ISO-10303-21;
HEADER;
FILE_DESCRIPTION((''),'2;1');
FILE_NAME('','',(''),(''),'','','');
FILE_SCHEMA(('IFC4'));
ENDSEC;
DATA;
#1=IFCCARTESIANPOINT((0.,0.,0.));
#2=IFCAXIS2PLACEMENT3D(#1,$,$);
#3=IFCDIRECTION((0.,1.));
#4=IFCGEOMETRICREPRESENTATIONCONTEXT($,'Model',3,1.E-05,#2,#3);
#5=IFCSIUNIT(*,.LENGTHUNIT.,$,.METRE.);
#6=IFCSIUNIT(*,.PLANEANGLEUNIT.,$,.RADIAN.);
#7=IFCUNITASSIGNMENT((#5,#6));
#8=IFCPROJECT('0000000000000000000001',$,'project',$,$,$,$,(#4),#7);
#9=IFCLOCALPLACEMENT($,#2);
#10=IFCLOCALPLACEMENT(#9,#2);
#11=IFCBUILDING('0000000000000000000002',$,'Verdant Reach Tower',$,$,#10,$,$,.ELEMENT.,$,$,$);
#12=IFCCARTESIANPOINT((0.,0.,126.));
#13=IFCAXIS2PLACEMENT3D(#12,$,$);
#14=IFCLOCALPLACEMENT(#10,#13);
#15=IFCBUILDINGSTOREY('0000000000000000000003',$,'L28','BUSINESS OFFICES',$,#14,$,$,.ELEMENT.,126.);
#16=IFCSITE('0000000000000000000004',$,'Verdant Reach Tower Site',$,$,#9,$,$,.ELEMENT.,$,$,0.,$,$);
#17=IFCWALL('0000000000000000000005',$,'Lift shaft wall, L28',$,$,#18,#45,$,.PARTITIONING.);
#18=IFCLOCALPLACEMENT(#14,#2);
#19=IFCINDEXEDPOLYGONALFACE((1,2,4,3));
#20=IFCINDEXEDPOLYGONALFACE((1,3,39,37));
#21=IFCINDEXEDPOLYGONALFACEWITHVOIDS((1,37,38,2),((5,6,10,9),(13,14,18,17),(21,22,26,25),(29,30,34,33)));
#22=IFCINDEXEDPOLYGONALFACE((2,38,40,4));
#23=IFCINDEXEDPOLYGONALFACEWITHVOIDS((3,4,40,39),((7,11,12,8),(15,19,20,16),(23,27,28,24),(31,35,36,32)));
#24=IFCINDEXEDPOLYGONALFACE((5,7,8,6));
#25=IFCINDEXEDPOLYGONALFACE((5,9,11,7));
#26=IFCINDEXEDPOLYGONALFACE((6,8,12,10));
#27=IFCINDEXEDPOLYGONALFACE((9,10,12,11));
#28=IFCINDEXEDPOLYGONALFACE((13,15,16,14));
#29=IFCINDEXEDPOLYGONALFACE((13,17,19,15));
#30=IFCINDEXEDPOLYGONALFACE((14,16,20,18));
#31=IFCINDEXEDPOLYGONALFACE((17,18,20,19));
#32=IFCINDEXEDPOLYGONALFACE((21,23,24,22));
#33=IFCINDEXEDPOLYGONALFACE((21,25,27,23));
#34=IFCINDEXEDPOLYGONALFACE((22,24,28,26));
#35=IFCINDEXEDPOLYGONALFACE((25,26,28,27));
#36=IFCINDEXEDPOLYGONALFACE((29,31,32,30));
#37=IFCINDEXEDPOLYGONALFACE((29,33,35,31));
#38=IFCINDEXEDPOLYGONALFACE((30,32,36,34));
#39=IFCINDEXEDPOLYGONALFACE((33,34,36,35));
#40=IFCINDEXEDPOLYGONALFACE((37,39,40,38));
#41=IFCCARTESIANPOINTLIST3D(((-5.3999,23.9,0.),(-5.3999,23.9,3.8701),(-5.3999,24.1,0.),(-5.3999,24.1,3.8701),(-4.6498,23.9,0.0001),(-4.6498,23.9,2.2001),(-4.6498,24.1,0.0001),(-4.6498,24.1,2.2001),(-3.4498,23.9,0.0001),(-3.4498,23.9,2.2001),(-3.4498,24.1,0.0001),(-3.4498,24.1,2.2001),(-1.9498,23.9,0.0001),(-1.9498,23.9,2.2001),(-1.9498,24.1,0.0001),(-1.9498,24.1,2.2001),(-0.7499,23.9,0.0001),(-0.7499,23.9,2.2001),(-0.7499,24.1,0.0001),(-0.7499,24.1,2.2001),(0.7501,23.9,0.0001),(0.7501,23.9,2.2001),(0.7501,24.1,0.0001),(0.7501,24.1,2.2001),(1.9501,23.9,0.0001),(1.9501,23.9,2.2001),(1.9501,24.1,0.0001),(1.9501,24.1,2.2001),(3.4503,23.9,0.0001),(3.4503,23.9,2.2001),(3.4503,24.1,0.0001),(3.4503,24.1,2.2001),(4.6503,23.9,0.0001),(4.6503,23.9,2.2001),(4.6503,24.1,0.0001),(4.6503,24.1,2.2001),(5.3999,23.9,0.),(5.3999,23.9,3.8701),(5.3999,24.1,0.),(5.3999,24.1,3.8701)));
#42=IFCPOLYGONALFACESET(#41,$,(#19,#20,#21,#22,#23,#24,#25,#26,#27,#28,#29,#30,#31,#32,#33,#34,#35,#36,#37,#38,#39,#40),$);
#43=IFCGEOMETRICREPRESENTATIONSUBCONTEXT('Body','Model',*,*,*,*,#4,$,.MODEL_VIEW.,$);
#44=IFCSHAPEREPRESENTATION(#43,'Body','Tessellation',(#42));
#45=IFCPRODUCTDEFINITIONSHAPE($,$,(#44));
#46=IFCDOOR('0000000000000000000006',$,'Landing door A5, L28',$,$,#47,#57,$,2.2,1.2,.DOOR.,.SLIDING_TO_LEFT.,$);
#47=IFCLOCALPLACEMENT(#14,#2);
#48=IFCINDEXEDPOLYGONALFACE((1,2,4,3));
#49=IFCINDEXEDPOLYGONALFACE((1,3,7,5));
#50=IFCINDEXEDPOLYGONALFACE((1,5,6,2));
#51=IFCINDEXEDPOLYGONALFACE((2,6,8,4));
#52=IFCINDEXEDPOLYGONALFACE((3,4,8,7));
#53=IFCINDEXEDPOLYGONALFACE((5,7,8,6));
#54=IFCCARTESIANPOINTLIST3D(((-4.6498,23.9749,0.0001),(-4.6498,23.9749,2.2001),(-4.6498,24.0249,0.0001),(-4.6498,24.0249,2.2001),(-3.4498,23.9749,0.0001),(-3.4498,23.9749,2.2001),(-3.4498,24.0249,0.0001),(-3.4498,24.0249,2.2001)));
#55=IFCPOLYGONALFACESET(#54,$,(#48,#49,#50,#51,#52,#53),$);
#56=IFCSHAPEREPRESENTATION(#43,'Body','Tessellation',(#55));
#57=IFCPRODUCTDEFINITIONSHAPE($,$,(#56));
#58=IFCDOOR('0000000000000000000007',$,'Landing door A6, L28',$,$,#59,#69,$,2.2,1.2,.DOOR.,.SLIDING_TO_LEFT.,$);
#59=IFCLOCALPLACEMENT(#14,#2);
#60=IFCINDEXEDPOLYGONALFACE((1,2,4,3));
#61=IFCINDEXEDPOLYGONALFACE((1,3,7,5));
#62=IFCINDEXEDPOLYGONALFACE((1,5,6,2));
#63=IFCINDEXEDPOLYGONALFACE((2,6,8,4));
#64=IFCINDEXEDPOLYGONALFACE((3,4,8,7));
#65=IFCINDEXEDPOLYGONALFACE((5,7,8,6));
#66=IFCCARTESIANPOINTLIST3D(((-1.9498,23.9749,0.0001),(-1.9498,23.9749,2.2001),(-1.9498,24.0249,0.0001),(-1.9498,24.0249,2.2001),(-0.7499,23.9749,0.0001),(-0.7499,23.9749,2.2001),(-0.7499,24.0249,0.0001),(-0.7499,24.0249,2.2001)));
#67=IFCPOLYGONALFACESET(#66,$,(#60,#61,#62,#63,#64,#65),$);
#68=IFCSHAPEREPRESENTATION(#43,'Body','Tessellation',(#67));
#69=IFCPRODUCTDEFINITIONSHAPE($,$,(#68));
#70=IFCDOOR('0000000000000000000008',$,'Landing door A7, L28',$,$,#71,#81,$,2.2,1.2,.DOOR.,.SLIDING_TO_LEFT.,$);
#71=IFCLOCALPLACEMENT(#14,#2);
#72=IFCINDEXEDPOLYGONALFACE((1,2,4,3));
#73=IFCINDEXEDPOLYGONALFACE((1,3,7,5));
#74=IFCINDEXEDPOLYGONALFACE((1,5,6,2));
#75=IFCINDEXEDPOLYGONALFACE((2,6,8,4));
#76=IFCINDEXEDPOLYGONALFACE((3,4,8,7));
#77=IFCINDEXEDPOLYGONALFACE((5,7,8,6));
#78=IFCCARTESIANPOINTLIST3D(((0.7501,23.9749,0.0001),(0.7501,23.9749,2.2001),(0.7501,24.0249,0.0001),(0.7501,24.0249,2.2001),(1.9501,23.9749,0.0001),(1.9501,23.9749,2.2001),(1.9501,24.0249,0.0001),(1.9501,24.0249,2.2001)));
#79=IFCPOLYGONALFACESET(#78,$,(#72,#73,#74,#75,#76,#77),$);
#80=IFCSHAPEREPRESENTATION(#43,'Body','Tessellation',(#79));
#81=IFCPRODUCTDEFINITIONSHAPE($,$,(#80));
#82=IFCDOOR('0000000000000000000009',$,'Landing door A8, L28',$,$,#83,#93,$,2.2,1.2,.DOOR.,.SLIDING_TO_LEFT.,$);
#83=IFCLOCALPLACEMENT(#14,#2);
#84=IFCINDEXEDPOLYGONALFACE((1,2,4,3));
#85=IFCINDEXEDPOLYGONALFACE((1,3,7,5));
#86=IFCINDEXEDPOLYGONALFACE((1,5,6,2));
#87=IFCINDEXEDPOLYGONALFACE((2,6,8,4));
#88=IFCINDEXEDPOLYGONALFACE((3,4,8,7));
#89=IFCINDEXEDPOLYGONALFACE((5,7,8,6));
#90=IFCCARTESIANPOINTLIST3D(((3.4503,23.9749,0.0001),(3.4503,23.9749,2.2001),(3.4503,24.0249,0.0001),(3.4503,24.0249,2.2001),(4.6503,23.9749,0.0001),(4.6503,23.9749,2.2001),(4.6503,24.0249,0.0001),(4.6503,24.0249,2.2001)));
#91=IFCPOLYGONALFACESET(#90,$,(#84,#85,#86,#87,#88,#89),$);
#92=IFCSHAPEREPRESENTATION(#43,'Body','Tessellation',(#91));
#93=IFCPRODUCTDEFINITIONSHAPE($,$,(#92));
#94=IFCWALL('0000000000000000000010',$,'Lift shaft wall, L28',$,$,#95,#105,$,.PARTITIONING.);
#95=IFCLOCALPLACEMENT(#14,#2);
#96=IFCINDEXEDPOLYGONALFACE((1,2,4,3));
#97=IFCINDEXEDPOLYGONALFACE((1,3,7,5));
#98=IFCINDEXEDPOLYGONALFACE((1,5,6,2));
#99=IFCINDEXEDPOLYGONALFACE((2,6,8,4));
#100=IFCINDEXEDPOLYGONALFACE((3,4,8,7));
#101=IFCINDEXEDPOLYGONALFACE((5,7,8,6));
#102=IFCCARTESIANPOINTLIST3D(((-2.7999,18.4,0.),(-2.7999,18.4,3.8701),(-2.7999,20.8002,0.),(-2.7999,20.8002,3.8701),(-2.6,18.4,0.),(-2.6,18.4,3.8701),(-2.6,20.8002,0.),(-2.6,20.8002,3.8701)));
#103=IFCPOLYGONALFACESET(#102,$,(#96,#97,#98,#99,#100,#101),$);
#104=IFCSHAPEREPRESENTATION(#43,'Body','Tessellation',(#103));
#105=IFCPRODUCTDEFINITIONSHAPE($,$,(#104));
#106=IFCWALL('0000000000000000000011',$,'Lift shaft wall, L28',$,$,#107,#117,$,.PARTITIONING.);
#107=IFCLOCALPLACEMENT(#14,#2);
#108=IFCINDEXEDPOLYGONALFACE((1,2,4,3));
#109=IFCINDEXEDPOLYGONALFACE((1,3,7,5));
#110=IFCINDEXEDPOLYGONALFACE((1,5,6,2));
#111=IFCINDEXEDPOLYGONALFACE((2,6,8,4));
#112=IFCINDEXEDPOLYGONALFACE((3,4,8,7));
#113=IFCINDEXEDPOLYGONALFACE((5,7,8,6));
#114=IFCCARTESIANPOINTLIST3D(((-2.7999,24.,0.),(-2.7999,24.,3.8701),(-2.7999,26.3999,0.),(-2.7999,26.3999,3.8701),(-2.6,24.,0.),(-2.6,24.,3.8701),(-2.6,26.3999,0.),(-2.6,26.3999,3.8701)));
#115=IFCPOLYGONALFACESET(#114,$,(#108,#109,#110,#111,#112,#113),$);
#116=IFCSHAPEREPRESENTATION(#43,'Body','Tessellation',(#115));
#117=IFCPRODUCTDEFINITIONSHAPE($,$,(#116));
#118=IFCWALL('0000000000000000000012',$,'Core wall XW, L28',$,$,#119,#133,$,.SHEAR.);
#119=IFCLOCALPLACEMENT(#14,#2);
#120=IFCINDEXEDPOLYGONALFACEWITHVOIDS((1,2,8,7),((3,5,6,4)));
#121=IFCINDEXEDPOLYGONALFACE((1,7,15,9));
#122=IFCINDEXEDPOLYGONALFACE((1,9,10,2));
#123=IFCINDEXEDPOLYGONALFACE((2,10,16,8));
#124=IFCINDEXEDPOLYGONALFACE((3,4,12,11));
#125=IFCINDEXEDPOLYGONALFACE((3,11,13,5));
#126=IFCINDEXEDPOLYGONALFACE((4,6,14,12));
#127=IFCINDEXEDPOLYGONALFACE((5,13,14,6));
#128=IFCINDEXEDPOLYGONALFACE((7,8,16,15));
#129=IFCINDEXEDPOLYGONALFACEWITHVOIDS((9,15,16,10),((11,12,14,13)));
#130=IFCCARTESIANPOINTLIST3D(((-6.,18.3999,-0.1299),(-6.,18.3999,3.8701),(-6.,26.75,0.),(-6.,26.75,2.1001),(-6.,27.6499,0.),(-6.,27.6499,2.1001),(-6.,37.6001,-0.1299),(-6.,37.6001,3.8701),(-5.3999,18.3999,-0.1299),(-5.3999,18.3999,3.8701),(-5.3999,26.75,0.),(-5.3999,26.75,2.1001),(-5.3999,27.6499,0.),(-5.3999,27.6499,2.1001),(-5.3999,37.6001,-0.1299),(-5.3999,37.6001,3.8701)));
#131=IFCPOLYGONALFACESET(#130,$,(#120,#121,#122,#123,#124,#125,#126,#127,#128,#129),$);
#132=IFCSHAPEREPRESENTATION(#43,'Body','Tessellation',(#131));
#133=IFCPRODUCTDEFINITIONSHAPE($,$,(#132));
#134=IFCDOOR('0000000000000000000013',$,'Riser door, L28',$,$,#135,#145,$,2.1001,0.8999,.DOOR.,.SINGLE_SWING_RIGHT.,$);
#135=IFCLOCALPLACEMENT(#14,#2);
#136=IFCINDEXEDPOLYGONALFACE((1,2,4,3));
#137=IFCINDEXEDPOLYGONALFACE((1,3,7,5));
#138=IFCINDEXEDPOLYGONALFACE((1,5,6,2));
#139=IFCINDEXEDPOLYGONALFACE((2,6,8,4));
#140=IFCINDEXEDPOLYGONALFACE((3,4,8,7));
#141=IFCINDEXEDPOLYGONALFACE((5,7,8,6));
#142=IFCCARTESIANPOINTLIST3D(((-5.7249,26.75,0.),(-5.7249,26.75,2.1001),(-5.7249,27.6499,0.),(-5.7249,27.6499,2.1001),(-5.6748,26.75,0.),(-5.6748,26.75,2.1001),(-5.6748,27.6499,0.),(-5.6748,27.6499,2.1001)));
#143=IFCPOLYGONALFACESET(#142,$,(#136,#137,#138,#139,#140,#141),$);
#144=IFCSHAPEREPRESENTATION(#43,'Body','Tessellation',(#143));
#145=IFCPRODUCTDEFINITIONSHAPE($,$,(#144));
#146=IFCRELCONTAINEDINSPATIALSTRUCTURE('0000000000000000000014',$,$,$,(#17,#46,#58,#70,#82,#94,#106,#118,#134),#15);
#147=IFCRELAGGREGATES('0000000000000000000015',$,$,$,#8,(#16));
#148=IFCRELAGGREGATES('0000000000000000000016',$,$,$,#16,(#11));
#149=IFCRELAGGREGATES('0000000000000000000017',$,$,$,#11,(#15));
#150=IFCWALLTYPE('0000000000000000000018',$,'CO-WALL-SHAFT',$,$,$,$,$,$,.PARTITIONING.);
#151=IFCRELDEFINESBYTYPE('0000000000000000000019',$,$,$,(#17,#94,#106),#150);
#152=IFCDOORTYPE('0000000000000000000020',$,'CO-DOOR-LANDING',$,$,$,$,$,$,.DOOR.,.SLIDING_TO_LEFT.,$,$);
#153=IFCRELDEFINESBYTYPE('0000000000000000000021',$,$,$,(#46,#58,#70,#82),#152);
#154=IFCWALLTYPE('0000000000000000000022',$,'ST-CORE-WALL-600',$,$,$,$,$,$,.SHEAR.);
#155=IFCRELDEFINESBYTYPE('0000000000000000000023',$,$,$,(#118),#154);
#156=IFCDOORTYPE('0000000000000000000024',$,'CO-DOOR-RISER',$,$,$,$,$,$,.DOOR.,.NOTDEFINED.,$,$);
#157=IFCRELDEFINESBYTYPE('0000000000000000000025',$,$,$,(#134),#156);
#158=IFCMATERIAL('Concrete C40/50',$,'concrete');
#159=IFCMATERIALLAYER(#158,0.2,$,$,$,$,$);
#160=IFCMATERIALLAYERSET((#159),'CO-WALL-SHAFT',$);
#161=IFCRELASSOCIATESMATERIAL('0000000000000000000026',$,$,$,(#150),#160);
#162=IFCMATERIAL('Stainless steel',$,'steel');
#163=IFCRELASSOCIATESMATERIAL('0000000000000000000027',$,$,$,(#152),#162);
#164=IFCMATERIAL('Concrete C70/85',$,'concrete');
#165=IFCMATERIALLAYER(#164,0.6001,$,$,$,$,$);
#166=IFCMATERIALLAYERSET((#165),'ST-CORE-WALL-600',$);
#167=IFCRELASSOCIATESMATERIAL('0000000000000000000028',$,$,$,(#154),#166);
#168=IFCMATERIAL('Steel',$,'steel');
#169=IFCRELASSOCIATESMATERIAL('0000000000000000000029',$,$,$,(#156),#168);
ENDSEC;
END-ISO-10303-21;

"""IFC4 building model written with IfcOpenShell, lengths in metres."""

from ifc_helpers import new_model, si_unit, direction, frame, frame_2d, origin, place, context, subcontext, project, spatial, rectangle, extrude, material, layer, layer_set, type_object, element, fill, save


model = new_model("IFC4")

# Units and contexts
model_context = context("Model", 3, precision=1e-05, world=origin(), true_north=direction((0.0, 1.0)))
body_context = subcontext(model_context, "Body", "Model", "MODEL_VIEW")
ifc_project = project(units=[si_unit("LENGTHUNIT", "METRE"), si_unit("PLANEANGLEUNIT", "RADIAN")], contexts=[model_context])

# Site, building, storey
site_placement = place(None, origin())
site = spatial("IfcSite", under=ifc_project, at=site_placement, Name="Verdant Reach Tower Site", CompositionType="ELEMENT", RefElevation=0.0)
building_placement = place(site_placement, origin())
building = spatial("IfcBuilding", under=site, at=building_placement, Name="Verdant Reach Tower", CompositionType="ELEMENT")
storey_placement = place(building_placement, frame((0.0, 0.0, 126.0)))
storey = spatial("IfcBuildingStorey", under=building, at=storey_placement, Name="L28", Description="BUSINESS OFFICES", CompositionType="ELEMENT", Elevation=126.0)

# Wall, openings, doors
ifc_material_1 = material(Name="Concrete C40/50", Category="concrete")
ifc_layer_1 = layer(ifc_material_1, 0.2)
ifc_layer_set_1 = layer_set([ifc_layer_1], Name="CO-WALL-SHAFT")
wall_type_1 = type_object("IfcWallType", Name="CO-WALL-SHAFT", PredefinedType="PARTITIONING", material=ifc_layer_set_1)
ifc_material_2 = material(Name="Stainless steel", Category="steel")
door_type_1 = type_object("IfcDoorType", Name="CO-DOOR-LANDING", OperationType="SLIDING_TO_LEFT", PredefinedType="DOOR", material=ifc_material_2)
wall_1_placement = place(storey_placement, frame((-5.3999, 24.0, 0.0), z_axis=(0.0, 0.0, 1.0), x_axis=(1.0, 0.0, 0.0)))
wall_1 = element("IfcWall", 1, at=wall_1_placement, inside=storey, type_object=wall_type_1, Name="Lift shaft wall, L28", PredefinedType="PARTITIONING", context=body_context, shape_type="SweptSolid", body=[
    extrude(rectangle(XDim=10.7998, YDim=0.2, at=frame_2d((5.3999, 0.0))), origin(), (0.0, 0.0, 1.0), 3.8701),
])
opening_1_placement = place(wall_1_placement, frame((0.75, 0.0, 0.0)))
opening_1 = element("IfcOpeningElement", 2, at=opening_1_placement, cuts=wall_1, PredefinedType="OPENING", context=body_context, shape_type="SweptSolid", body=[
    extrude(rectangle(XDim=1.2, YDim=2.2, at=frame_2d((0.6001, 1.1001))), frame((0.0, 0.1099, 0.0), z_axis=(0.0, -1.0, 0.0), x_axis=(1.0, 0.0, 0.0)), (0.0, 0.0, 1.0), 0.22),
])
opening_2_placement = place(wall_1_placement, frame((3.45, 0.0, 0.0)))
opening_2 = element("IfcOpeningElement", 3, at=opening_2_placement, cuts=wall_1, PredefinedType="OPENING", context=body_context, shape_type="SweptSolid", body=[
    extrude(rectangle(XDim=1.2, YDim=2.2, at=frame_2d((0.6001, 1.1001))), frame((0.0, 0.1099, 0.0), z_axis=(0.0, -1.0, 0.0), x_axis=(1.0, 0.0, 0.0)), (0.0, 0.0, 1.0), 0.22),
])
opening_3_placement = place(wall_1_placement, frame((6.1499, 0.0, 0.0)))
opening_3 = element("IfcOpeningElement", 4, at=opening_3_placement, cuts=wall_1, PredefinedType="OPENING", context=body_context, shape_type="SweptSolid", body=[
    extrude(rectangle(XDim=1.2, YDim=2.2, at=frame_2d((0.6001, 1.1001))), frame((0.0, 0.1099, 0.0), z_axis=(0.0, -1.0, 0.0), x_axis=(1.0, 0.0, 0.0)), (0.0, 0.0, 1.0), 0.22),
])
opening_4_placement = place(wall_1_placement, frame((8.8501, 0.0, 0.0)))
opening_4 = element("IfcOpeningElement", 5, at=opening_4_placement, cuts=wall_1, PredefinedType="OPENING", context=body_context, shape_type="SweptSolid", body=[
    extrude(rectangle(XDim=1.2, YDim=2.2, at=frame_2d((0.6001, 1.1001))), frame((0.0, 0.1099, 0.0), z_axis=(0.0, -1.0, 0.0), x_axis=(1.0, 0.0, 0.0)), (0.0, 0.0, 1.0), 0.22),
])
door_1_placement = place(opening_1_placement, origin())
door_1 = element("IfcDoor", 6, at=door_1_placement, inside=storey, type_object=door_type_1, Name="Landing door A5, L28", OperationType="SLIDING_TO_LEFT", OverallHeight=2.2, OverallWidth=1.2, PredefinedType="DOOR", context=body_context, shape_type="SweptSolid", body=[
    extrude(rectangle(XDim=1.2, YDim=2.2, at=frame_2d((0.6001, 1.1001))), frame((0.0, 0.0249, 0.0), z_axis=(0.0, -1.0, 0.0), x_axis=(1.0, 0.0, 0.0)), (0.0, 0.0, 1.0), 0.05),
])
fill(opening_1, door_1)
door_2_placement = place(opening_2_placement, origin())
door_2 = element("IfcDoor", 7, at=door_2_placement, inside=storey, type_object=door_type_1, Name="Landing door A6, L28", OperationType="SLIDING_TO_LEFT", OverallHeight=2.2, OverallWidth=1.2, PredefinedType="DOOR", context=body_context, shape_type="SweptSolid", body=[
    extrude(rectangle(XDim=1.2, YDim=2.2, at=frame_2d((0.6001, 1.1001))), frame((0.0, 0.0249, 0.0), z_axis=(0.0, -1.0, 0.0), x_axis=(1.0, 0.0, 0.0)), (0.0, 0.0, 1.0), 0.05),
])
fill(opening_2, door_2)
door_3_placement = place(opening_3_placement, origin())
door_3 = element("IfcDoor", 8, at=door_3_placement, inside=storey, type_object=door_type_1, Name="Landing door A7, L28", OperationType="SLIDING_TO_LEFT", OverallHeight=2.2, OverallWidth=1.2, PredefinedType="DOOR", context=body_context, shape_type="SweptSolid", body=[
    extrude(rectangle(XDim=1.2, YDim=2.2, at=frame_2d((0.6001, 1.1001))), frame((0.0, 0.0249, 0.0), z_axis=(0.0, -1.0, 0.0), x_axis=(1.0, 0.0, 0.0)), (0.0, 0.0, 1.0), 0.05),
])
fill(opening_3, door_3)
door_4_placement = place(opening_4_placement, origin())
door_4 = element("IfcDoor", 9, at=door_4_placement, inside=storey, type_object=door_type_1, Name="Landing door A8, L28", OperationType="SLIDING_TO_LEFT", OverallHeight=2.2, OverallWidth=1.2, PredefinedType="DOOR", context=body_context, shape_type="SweptSolid", body=[
    extrude(rectangle(XDim=1.2, YDim=2.2, at=frame_2d((0.6001, 1.1001))), frame((0.0, 0.0249, 0.0), z_axis=(0.0, -1.0, 0.0), x_axis=(1.0, 0.0, 0.0)), (0.0, 0.0, 1.0), 0.05),
])
fill(opening_4, door_4)

# Walls
wall_2_placement = place(storey_placement, frame((-2.7, 18.3999, 0.0), z_axis=(0.0, 0.0, 1.0), x_axis=(0.0, 1.0, 0.0)))
element("IfcWall", 10, at=wall_2_placement, inside=storey, type_object=wall_type_1, Name="Lift shaft wall, L28", PredefinedType="PARTITIONING", context=body_context, shape_type="SweptSolid", body=[
    extrude(rectangle(XDim=2.4001, YDim=0.2, at=frame_2d((1.2002, 0.0))), origin(), (0.0, 0.0, 1.0), 3.8701),
])
wall_3_placement = place(storey_placement, frame((-2.7, 24.0, 0.0), z_axis=(0.0, 0.0, 1.0), x_axis=(0.0, 1.0, 0.0)))
element("IfcWall", 11, at=wall_3_placement, inside=storey, type_object=wall_type_1, Name="Lift shaft wall, L28", PredefinedType="PARTITIONING", context=body_context, shape_type="SweptSolid", body=[
    extrude(rectangle(XDim=2.3999, YDim=0.2, at=frame_2d((1.2, 0.0))), origin(), (0.0, 0.0, 1.0), 3.8701),
])

# Wall, opening, door
ifc_material_3 = material(Name="Concrete C70/85", Category="concrete")
ifc_layer_2 = layer(ifc_material_3, 0.6001)
ifc_layer_set_2 = layer_set([ifc_layer_2], Name="ST-CORE-WALL-600")
wall_type_2 = type_object("IfcWallType", Name="ST-CORE-WALL-600", PredefinedType="SHEAR", material=ifc_layer_set_2)
wall_4_placement = place(storey_placement, frame((-5.7, 18.3999, -0.1299), z_axis=(0.0, 0.0, 1.0), x_axis=(0.0, 1.0, 0.0)))
wall_4 = element("IfcWall", 12, at=wall_4_placement, inside=storey, type_object=wall_type_2, Name="Core wall XW, L28", PredefinedType="SHEAR", context=body_context, shape_type="SweptSolid", body=[
    extrude(rectangle(XDim=19.2002, YDim=0.6001, at=frame_2d((9.6001, 0.0))), origin(), (0.0, 0.0, 1.0), 4.0),
])
opening_5_placement = place(wall_4_placement, frame((8.3501, 0.0, 0.1299)))
opening_5 = element("IfcOpeningElement", 13, at=opening_5_placement, cuts=wall_4, PredefinedType="OPENING", context=body_context, shape_type="SweptSolid", body=[
    extrude(rectangle(XDim=0.8999, YDim=2.1001, at=frame_2d((0.45, 1.05))), frame((0.0, 0.3101, 0.0), z_axis=(0.0, -1.0, 0.0), x_axis=(1.0, 0.0, 0.0)), (0.0, 0.0, 1.0), 0.6201),
])
ifc_material_4 = material(Name="Steel", Category="steel")
door_type_2 = type_object("IfcDoorType", Name="CO-DOOR-RISER", OperationType="NOTDEFINED", PredefinedType="DOOR", material=ifc_material_4)
door_5_placement = place(opening_5_placement, origin())
door_5 = element("IfcDoor", 14, at=door_5_placement, inside=storey, type_object=door_type_2, Name="Riser door, L28", OperationType="SINGLE_SWING_RIGHT", OverallHeight=2.1001, OverallWidth=0.8999, PredefinedType="DOOR", context=body_context, shape_type="SweptSolid", body=[
    extrude(rectangle(XDim=0.8999, YDim=2.1001, at=frame_2d((0.45, 1.05))), frame((0.0, 0.0249, 0.0), z_axis=(0.0, -1.0, 0.0), x_axis=(1.0, 0.0, 0.0)), (0.0, 0.0, 1.0), 0.05),
])
fill(opening_5, door_5)

save(model, "model.ifc")
